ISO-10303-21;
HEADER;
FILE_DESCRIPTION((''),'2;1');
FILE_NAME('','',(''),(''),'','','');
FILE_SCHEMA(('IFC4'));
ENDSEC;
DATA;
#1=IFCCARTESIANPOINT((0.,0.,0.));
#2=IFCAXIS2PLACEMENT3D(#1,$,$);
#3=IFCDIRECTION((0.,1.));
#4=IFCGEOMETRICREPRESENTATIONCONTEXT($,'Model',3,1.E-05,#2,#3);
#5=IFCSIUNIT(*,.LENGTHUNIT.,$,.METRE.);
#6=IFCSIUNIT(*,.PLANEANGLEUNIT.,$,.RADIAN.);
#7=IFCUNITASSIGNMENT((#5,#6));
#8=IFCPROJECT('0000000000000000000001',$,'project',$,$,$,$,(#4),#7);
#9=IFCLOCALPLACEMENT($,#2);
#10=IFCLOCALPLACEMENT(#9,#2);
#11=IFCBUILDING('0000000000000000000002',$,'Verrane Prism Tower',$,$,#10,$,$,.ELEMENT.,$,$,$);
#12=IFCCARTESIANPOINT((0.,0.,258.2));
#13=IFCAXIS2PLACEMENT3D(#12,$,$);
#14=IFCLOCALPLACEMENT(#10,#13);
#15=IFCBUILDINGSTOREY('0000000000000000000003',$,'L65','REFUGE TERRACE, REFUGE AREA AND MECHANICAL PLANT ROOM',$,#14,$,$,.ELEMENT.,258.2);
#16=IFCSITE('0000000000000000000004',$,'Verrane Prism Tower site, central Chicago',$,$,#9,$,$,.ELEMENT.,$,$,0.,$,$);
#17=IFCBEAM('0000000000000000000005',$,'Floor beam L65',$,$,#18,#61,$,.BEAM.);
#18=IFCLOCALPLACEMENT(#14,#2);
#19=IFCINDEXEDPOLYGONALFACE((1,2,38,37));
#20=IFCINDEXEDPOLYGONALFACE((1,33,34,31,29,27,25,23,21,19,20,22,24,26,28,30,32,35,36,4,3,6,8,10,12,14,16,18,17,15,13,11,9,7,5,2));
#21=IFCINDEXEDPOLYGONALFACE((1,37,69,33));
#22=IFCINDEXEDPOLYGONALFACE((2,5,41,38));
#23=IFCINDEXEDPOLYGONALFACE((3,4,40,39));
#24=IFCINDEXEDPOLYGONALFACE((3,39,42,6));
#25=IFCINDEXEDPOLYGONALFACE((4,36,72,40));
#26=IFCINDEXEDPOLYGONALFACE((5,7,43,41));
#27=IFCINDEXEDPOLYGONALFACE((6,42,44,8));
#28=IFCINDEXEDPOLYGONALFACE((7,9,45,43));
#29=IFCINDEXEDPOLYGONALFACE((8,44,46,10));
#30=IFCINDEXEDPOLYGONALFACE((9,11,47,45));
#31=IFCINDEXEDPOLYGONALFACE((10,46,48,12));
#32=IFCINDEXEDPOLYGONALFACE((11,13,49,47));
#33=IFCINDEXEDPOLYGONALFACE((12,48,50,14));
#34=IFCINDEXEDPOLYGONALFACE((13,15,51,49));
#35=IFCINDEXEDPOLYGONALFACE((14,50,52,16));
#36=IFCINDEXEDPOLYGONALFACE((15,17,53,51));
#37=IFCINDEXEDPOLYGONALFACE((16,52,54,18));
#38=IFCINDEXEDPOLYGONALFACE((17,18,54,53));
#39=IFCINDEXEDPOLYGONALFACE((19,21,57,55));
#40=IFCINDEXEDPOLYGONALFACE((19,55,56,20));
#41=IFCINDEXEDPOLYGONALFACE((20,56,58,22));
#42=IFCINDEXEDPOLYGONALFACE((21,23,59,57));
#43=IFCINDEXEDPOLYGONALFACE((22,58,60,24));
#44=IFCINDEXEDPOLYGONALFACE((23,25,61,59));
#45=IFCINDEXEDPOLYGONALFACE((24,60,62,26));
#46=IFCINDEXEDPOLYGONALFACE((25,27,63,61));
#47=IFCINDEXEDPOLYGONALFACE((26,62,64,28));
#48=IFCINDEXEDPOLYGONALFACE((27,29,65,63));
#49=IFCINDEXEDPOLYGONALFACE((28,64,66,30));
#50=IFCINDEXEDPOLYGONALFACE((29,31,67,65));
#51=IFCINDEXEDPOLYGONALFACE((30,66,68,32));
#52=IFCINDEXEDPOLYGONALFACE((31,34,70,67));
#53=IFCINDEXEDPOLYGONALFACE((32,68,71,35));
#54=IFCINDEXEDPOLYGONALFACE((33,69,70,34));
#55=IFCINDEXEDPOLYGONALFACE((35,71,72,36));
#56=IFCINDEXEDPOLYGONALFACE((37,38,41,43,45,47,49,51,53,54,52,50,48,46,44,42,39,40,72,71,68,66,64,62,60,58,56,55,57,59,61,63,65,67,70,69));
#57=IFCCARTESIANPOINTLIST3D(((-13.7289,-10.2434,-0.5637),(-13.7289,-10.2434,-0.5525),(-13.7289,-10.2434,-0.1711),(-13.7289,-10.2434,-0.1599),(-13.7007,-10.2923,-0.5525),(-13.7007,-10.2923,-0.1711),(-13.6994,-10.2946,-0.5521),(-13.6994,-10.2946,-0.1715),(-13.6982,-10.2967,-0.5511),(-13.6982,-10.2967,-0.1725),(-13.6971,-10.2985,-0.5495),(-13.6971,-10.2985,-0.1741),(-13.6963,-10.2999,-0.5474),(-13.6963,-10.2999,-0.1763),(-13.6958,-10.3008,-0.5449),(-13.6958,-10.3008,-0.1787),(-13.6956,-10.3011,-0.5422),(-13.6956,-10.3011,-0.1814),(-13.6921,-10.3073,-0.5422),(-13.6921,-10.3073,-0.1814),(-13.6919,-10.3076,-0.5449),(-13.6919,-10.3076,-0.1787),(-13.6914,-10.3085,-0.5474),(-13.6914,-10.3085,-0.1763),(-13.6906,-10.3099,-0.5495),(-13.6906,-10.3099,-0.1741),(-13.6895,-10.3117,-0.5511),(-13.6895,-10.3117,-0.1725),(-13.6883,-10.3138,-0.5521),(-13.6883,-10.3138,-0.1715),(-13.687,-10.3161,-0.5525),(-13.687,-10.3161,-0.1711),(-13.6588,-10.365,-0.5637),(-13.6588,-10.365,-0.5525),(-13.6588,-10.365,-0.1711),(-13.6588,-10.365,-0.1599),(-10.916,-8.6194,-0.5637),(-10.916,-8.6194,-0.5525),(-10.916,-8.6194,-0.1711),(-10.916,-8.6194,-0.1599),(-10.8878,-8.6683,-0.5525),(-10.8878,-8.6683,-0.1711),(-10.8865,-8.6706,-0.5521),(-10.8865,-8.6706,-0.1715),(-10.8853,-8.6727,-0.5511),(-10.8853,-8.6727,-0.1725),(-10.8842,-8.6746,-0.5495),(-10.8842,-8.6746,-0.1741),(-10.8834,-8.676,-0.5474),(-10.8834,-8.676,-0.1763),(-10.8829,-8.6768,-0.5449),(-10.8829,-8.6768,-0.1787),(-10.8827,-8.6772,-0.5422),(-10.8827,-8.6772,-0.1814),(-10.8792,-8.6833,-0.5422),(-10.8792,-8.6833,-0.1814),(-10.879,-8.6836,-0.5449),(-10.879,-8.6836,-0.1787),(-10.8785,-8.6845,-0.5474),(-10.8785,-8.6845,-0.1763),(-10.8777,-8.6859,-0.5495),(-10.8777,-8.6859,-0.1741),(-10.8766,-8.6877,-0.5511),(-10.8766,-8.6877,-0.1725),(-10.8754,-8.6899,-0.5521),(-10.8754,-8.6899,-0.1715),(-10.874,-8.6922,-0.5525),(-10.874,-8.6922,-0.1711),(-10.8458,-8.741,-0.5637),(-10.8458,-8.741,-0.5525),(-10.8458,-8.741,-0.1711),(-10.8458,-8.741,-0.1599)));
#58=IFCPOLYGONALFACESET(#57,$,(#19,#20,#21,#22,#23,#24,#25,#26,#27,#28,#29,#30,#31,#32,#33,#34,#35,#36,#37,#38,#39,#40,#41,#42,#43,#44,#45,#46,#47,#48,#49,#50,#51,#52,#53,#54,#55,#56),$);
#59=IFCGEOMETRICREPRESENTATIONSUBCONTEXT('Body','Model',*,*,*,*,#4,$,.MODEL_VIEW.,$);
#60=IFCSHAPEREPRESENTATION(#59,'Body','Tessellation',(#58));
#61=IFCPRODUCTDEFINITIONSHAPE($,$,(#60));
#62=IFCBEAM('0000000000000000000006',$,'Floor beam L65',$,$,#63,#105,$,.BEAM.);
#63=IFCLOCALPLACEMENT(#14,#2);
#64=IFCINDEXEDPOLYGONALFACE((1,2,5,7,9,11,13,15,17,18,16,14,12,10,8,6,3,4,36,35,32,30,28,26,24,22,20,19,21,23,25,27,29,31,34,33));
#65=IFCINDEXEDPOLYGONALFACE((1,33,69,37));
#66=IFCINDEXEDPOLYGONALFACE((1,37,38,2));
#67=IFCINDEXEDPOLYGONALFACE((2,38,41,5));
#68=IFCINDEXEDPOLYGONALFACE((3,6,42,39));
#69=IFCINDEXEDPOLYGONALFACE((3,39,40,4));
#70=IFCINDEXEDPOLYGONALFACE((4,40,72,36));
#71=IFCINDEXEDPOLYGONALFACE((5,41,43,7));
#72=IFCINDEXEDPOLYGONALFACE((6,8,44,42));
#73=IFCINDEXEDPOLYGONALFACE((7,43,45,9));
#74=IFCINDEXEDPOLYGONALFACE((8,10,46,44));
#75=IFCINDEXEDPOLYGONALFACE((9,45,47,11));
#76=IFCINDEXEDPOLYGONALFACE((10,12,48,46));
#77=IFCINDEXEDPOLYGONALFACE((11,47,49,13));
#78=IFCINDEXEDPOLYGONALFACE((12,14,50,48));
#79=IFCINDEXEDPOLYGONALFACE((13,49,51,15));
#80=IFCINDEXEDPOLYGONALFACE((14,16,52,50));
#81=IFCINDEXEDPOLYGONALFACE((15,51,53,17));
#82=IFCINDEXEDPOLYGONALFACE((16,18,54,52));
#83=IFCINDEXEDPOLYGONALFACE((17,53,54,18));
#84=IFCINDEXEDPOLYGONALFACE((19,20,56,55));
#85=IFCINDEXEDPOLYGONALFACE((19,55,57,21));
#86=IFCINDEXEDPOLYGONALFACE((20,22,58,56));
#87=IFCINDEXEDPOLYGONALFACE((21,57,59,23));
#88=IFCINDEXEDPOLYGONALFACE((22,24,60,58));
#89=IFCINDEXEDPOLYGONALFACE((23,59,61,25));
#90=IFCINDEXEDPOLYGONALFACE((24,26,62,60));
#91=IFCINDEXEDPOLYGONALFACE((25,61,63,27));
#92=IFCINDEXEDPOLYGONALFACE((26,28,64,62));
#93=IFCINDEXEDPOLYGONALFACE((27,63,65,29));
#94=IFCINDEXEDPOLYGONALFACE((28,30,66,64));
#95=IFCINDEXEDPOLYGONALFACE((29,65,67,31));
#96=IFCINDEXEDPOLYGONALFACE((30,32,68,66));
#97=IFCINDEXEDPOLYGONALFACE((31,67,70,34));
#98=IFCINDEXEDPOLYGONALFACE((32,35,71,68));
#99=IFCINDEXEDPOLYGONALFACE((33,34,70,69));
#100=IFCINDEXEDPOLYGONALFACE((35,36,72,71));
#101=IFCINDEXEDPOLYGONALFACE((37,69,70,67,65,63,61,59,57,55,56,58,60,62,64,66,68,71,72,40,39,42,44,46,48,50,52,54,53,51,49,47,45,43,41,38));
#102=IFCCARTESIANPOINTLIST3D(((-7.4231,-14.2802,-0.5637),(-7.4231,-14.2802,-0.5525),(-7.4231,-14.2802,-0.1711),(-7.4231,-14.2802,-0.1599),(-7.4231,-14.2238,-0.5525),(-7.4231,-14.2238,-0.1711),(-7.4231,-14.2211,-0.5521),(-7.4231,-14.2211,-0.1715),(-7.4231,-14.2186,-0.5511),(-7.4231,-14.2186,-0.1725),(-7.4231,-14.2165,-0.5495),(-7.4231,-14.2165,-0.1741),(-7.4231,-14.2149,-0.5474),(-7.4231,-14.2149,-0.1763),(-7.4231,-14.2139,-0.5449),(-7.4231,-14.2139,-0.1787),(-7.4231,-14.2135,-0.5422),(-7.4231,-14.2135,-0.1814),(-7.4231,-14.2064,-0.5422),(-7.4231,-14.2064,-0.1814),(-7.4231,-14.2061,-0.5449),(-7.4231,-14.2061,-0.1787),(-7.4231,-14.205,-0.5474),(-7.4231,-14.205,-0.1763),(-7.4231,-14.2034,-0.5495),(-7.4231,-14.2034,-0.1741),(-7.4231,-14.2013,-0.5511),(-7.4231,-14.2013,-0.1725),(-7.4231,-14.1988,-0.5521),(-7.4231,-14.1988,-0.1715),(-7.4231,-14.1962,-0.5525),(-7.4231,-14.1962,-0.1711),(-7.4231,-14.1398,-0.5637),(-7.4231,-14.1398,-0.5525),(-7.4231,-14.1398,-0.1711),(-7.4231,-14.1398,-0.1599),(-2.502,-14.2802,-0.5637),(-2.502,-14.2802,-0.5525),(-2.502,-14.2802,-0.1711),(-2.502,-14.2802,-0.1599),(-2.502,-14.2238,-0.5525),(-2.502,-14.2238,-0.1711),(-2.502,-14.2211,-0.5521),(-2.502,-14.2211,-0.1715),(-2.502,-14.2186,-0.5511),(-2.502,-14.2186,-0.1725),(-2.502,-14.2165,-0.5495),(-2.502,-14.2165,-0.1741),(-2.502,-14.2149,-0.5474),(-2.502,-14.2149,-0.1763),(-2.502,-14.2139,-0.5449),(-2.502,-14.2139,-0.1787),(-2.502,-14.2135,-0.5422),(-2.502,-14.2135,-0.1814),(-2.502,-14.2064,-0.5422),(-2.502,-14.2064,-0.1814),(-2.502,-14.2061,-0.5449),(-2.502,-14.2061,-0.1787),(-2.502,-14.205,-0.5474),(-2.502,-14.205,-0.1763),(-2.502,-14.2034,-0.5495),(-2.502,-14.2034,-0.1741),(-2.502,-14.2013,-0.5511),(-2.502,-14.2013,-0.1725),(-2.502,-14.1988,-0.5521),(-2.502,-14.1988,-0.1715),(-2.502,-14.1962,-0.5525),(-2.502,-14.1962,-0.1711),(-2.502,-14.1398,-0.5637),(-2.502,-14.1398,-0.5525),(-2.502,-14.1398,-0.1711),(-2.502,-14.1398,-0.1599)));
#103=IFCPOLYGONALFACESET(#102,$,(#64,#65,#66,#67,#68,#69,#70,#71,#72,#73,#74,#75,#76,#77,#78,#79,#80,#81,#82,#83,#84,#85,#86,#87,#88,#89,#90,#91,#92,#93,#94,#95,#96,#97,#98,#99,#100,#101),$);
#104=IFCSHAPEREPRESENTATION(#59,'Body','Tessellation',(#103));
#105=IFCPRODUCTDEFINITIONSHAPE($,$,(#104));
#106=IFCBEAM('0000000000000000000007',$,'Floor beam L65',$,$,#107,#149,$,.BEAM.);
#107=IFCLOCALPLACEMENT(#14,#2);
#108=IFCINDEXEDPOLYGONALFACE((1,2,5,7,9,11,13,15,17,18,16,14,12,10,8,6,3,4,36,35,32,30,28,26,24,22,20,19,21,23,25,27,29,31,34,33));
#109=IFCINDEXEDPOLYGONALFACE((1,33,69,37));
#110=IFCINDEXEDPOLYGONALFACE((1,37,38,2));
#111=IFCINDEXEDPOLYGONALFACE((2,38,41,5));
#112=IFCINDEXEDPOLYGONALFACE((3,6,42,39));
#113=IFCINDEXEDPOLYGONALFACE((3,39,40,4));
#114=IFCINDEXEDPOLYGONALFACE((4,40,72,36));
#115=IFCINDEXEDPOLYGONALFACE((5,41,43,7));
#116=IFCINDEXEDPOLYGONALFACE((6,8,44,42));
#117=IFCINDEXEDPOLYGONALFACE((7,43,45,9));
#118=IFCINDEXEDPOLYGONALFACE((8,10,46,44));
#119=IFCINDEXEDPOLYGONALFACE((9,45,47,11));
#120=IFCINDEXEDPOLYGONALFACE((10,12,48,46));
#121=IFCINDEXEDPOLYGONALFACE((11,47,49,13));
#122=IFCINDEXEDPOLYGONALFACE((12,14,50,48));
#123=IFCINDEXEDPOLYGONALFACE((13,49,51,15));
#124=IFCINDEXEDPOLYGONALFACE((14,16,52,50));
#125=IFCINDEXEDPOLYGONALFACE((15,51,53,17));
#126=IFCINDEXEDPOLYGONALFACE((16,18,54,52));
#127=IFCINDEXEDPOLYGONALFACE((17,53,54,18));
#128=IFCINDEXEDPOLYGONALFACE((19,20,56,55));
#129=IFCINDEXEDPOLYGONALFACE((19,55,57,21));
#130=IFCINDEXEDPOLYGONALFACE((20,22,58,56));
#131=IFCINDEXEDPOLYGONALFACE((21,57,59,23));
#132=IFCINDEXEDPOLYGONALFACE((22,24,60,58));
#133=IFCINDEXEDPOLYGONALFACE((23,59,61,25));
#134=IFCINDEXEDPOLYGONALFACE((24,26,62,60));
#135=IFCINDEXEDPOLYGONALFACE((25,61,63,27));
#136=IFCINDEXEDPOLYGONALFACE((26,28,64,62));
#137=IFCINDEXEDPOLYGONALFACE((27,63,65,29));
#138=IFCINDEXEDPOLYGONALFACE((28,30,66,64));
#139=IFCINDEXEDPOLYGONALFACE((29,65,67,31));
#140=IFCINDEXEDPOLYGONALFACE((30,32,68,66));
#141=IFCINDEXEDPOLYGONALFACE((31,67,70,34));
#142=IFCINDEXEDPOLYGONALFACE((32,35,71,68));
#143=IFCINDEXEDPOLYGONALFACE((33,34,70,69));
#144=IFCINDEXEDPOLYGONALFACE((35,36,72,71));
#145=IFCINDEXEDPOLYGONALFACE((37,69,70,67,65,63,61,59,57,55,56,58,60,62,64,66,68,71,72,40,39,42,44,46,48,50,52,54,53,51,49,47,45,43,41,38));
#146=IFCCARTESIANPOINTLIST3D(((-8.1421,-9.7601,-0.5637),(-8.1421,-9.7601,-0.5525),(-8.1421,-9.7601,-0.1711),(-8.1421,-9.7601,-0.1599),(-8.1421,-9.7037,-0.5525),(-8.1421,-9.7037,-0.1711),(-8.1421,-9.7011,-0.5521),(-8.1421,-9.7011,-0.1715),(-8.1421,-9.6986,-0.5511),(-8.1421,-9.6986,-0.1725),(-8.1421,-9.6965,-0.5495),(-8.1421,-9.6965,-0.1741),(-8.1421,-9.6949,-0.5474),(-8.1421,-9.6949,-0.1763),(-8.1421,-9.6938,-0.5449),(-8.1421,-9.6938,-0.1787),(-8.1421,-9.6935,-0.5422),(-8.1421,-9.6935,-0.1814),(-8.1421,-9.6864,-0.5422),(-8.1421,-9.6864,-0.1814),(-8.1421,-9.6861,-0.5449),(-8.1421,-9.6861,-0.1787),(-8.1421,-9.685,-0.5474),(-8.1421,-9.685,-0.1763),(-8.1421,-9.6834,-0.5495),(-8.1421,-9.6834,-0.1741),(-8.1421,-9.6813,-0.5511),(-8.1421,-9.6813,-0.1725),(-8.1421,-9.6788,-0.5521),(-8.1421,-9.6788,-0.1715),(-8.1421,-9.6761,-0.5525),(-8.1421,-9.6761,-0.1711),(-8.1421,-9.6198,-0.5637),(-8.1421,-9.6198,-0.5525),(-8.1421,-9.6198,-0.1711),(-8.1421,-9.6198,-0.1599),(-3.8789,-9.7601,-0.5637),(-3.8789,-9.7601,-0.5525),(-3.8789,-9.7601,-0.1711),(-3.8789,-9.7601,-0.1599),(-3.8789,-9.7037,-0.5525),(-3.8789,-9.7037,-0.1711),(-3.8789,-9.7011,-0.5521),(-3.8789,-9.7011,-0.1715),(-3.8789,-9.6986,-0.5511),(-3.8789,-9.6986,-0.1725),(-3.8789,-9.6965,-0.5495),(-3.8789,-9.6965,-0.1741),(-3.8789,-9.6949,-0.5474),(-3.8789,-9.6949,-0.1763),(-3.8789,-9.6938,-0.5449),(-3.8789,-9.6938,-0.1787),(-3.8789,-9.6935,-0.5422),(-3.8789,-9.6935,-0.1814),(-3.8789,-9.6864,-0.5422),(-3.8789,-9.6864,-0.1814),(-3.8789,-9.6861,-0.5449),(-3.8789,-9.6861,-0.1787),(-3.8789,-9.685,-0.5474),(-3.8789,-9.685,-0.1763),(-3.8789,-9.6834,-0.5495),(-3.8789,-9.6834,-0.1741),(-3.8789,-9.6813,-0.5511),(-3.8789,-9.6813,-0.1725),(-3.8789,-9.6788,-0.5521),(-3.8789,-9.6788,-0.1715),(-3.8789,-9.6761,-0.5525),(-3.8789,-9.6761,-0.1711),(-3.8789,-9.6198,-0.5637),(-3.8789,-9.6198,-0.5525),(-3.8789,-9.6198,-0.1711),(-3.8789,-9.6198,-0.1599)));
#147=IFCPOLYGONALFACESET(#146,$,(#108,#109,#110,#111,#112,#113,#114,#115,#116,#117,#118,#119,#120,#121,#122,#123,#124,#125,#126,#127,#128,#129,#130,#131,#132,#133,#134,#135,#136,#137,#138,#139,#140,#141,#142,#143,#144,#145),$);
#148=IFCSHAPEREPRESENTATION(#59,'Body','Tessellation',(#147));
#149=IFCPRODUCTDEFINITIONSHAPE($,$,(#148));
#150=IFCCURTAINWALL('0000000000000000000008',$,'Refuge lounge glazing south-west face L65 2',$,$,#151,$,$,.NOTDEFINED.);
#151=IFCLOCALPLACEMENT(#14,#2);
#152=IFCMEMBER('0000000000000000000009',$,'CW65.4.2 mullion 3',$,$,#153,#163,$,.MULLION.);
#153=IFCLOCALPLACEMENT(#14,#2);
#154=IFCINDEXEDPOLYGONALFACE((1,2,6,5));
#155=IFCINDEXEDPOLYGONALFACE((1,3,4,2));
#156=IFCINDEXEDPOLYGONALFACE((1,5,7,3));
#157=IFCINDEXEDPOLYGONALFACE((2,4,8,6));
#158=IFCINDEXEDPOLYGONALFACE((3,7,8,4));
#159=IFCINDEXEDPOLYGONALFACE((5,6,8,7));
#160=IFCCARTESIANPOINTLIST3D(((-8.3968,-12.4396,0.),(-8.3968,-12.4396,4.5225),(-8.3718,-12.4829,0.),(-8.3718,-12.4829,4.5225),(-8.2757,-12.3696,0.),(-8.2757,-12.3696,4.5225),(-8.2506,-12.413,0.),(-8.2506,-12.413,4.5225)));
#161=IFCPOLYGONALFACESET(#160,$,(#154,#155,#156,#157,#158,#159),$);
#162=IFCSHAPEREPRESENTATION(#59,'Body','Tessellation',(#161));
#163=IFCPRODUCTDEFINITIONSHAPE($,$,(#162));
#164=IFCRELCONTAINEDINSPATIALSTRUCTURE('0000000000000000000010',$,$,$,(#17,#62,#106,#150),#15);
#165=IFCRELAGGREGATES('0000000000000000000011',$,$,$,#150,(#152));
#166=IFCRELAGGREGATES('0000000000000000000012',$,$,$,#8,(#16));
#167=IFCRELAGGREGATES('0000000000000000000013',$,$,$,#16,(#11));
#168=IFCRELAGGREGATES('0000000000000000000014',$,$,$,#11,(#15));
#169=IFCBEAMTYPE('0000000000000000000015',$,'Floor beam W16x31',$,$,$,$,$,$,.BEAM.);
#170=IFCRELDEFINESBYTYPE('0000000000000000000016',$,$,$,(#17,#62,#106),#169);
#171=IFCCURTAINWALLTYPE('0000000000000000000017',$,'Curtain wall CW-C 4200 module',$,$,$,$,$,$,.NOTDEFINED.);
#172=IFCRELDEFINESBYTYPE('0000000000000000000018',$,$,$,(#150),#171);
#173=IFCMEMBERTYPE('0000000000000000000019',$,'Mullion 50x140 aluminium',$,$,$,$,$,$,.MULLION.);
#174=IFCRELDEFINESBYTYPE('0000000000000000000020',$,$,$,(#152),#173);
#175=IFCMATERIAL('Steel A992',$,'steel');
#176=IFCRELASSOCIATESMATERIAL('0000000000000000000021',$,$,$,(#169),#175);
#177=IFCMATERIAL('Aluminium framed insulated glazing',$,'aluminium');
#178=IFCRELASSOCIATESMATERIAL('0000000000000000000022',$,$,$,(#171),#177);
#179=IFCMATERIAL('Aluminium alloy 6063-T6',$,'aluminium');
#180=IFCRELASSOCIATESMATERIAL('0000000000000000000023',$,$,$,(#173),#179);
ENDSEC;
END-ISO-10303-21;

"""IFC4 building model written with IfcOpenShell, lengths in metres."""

from ifc_helpers import new_model, si_unit, direction, frame, origin, origin_2d, place, context, subcontext, project, spatial, rectangle, i_section, extrude, material, material_profile, profile_set, type_object, element, aggregate, save


model = new_model("IFC4")

# Units and contexts
model_context = context("Model", 3, precision=1e-05, world=origin(), true_north=direction((0.0, 1.0)))
body_context = subcontext(model_context, "Body", "Model", "MODEL_VIEW")
ifc_project = project(units=[si_unit("LENGTHUNIT", "METRE"), si_unit("PLANEANGLEUNIT", "RADIAN")], contexts=[model_context])

# Site, building, storey
site_placement = place(None, origin())
site = spatial("IfcSite", under=ifc_project, at=site_placement, Name="Verrane Prism Tower site, central Chicago", CompositionType="ELEMENT", RefElevation=0.0)
building_placement = place(site_placement, origin())
building = spatial("IfcBuilding", under=site, at=building_placement, Name="Verrane Prism Tower", CompositionType="ELEMENT")
storey_placement = place(building_placement, frame((0.0, 0.0, 258.2)))
storey = spatial("IfcBuildingStorey", under=building, at=storey_placement, Name="L65", Description="REFUGE TERRACE, REFUGE AREA AND MECHANICAL PLANT ROOM", CompositionType="ELEMENT", Elevation=258.2)

# Beams
ifc_material_1 = material(Name="Steel A992", Category="steel")
ifc_material_profile_1 = material_profile(ifc_material_1, i_section(OverallWidth=0.1404, OverallDepth=0.4038, WebThickness=0.0071, FlangeThickness=0.0112, FilletRadius=0.0103, at=origin_2d()), Name="W16x31")
ifc_profile_set_1 = profile_set([ifc_material_profile_1], Name="Steel A992")
beam_type_1 = type_object("IfcBeamType", Name="Floor beam W16x31", PredefinedType="BEAM", material=ifc_profile_set_1)
beam_1_placement = place(storey_placement, frame((-13.6938, -10.3042, -0.3618), z_axis=(0.866033, 0.499987, 0.0), x_axis=(-0.499987, 0.866033, 0.0)))
element("IfcBeam", 1, at=beam_1_placement, inside=storey, type_object=beam_type_1, Name="Floor beam L65", PredefinedType="BEAM", context=body_context, shape_type="SweptSolid", body=[
    extrude(i_section(OverallWidth=0.1404, OverallDepth=0.4038, WebThickness=0.0071, FlangeThickness=0.0112, FilletRadius=0.0103, at=origin_2d()), origin(), (0.0, 0.0, 1.0), 3.248),
])
beam_2_placement = place(storey_placement, frame((-7.4231, -14.21, -0.3618), z_axis=(1.0, 0.0, 0.0), x_axis=(0.0, 1.0, 0.0)))
element("IfcBeam", 2, at=beam_2_placement, inside=storey, type_object=beam_type_1, Name="Floor beam L65", PredefinedType="BEAM", context=body_context, shape_type="SweptSolid", body=[
    extrude(i_section(OverallWidth=0.1404, OverallDepth=0.4038, WebThickness=0.0071, FlangeThickness=0.0112, FilletRadius=0.0103, at=origin_2d()), origin(), (0.0, 0.0, 1.0), 4.9211),
])
beam_3_placement = place(storey_placement, frame((-8.1421, -9.6899, -0.3618), z_axis=(1.0, 0.0, 0.0), x_axis=(0.0, 1.0, 0.0)))
element("IfcBeam", 3, at=beam_3_placement, inside=storey, type_object=beam_type_1, Name="Floor beam L65", PredefinedType="BEAM", context=body_context, shape_type="SweptSolid", body=[
    extrude(i_section(OverallWidth=0.1404, OverallDepth=0.4038, WebThickness=0.0071, FlangeThickness=0.0112, FilletRadius=0.0103, at=origin_2d()), origin(), (0.0, 0.0, 1.0), 4.2632),
])

# Curtain wall, member
ifc_material_2 = material(Name="Aluminium framed insulated glazing", Category="aluminium")
curtain_wall_type = type_object("IfcCurtainWallType", Name="Curtain wall CW-C 4200 module", PredefinedType="NOTDEFINED", material=ifc_material_2)
curtain_wall_placement = place(storey_placement, origin())
curtain_wall = element("IfcCurtainWall", 4, at=curtain_wall_placement, inside=storey, type_object=curtain_wall_type, Name="Refuge lounge glazing south-west face L65 2", PredefinedType="NOTDEFINED")
ifc_material_3 = material(Name="Aluminium alloy 6063-T6", Category="aluminium")
ifc_material_profile_2 = material_profile(ifc_material_3, rectangle(XDim=0.1399, YDim=0.05, at=origin_2d()), Name="Mullion 50x140 aluminium")
ifc_profile_set_2 = profile_set([ifc_material_profile_2], Name="Aluminium alloy 6063-T6")
member_type = type_object("IfcMemberType", Name="Mullion 50x140 aluminium", PredefinedType="MULLION", material=ifc_profile_set_2)
member_placement = place(storey_placement, frame((-8.3237, -12.4263, 0.0), z_axis=(0.0, 0.0, 1.0), x_axis=(0.866025, 0.500001, 0.0)))
member = element("IfcMember", 5, at=member_placement, type_object=member_type, Name="CW65.4.2 mullion 3", PredefinedType="MULLION", context=body_context, shape_type="SweptSolid", body=[
    extrude(rectangle(XDim=0.1399, YDim=0.05, at=origin_2d()), origin(), (0.0, 0.0, 1.0), 4.5225),
])

aggregate(curtain_wall, [member])

save(model, "model.ifc")
